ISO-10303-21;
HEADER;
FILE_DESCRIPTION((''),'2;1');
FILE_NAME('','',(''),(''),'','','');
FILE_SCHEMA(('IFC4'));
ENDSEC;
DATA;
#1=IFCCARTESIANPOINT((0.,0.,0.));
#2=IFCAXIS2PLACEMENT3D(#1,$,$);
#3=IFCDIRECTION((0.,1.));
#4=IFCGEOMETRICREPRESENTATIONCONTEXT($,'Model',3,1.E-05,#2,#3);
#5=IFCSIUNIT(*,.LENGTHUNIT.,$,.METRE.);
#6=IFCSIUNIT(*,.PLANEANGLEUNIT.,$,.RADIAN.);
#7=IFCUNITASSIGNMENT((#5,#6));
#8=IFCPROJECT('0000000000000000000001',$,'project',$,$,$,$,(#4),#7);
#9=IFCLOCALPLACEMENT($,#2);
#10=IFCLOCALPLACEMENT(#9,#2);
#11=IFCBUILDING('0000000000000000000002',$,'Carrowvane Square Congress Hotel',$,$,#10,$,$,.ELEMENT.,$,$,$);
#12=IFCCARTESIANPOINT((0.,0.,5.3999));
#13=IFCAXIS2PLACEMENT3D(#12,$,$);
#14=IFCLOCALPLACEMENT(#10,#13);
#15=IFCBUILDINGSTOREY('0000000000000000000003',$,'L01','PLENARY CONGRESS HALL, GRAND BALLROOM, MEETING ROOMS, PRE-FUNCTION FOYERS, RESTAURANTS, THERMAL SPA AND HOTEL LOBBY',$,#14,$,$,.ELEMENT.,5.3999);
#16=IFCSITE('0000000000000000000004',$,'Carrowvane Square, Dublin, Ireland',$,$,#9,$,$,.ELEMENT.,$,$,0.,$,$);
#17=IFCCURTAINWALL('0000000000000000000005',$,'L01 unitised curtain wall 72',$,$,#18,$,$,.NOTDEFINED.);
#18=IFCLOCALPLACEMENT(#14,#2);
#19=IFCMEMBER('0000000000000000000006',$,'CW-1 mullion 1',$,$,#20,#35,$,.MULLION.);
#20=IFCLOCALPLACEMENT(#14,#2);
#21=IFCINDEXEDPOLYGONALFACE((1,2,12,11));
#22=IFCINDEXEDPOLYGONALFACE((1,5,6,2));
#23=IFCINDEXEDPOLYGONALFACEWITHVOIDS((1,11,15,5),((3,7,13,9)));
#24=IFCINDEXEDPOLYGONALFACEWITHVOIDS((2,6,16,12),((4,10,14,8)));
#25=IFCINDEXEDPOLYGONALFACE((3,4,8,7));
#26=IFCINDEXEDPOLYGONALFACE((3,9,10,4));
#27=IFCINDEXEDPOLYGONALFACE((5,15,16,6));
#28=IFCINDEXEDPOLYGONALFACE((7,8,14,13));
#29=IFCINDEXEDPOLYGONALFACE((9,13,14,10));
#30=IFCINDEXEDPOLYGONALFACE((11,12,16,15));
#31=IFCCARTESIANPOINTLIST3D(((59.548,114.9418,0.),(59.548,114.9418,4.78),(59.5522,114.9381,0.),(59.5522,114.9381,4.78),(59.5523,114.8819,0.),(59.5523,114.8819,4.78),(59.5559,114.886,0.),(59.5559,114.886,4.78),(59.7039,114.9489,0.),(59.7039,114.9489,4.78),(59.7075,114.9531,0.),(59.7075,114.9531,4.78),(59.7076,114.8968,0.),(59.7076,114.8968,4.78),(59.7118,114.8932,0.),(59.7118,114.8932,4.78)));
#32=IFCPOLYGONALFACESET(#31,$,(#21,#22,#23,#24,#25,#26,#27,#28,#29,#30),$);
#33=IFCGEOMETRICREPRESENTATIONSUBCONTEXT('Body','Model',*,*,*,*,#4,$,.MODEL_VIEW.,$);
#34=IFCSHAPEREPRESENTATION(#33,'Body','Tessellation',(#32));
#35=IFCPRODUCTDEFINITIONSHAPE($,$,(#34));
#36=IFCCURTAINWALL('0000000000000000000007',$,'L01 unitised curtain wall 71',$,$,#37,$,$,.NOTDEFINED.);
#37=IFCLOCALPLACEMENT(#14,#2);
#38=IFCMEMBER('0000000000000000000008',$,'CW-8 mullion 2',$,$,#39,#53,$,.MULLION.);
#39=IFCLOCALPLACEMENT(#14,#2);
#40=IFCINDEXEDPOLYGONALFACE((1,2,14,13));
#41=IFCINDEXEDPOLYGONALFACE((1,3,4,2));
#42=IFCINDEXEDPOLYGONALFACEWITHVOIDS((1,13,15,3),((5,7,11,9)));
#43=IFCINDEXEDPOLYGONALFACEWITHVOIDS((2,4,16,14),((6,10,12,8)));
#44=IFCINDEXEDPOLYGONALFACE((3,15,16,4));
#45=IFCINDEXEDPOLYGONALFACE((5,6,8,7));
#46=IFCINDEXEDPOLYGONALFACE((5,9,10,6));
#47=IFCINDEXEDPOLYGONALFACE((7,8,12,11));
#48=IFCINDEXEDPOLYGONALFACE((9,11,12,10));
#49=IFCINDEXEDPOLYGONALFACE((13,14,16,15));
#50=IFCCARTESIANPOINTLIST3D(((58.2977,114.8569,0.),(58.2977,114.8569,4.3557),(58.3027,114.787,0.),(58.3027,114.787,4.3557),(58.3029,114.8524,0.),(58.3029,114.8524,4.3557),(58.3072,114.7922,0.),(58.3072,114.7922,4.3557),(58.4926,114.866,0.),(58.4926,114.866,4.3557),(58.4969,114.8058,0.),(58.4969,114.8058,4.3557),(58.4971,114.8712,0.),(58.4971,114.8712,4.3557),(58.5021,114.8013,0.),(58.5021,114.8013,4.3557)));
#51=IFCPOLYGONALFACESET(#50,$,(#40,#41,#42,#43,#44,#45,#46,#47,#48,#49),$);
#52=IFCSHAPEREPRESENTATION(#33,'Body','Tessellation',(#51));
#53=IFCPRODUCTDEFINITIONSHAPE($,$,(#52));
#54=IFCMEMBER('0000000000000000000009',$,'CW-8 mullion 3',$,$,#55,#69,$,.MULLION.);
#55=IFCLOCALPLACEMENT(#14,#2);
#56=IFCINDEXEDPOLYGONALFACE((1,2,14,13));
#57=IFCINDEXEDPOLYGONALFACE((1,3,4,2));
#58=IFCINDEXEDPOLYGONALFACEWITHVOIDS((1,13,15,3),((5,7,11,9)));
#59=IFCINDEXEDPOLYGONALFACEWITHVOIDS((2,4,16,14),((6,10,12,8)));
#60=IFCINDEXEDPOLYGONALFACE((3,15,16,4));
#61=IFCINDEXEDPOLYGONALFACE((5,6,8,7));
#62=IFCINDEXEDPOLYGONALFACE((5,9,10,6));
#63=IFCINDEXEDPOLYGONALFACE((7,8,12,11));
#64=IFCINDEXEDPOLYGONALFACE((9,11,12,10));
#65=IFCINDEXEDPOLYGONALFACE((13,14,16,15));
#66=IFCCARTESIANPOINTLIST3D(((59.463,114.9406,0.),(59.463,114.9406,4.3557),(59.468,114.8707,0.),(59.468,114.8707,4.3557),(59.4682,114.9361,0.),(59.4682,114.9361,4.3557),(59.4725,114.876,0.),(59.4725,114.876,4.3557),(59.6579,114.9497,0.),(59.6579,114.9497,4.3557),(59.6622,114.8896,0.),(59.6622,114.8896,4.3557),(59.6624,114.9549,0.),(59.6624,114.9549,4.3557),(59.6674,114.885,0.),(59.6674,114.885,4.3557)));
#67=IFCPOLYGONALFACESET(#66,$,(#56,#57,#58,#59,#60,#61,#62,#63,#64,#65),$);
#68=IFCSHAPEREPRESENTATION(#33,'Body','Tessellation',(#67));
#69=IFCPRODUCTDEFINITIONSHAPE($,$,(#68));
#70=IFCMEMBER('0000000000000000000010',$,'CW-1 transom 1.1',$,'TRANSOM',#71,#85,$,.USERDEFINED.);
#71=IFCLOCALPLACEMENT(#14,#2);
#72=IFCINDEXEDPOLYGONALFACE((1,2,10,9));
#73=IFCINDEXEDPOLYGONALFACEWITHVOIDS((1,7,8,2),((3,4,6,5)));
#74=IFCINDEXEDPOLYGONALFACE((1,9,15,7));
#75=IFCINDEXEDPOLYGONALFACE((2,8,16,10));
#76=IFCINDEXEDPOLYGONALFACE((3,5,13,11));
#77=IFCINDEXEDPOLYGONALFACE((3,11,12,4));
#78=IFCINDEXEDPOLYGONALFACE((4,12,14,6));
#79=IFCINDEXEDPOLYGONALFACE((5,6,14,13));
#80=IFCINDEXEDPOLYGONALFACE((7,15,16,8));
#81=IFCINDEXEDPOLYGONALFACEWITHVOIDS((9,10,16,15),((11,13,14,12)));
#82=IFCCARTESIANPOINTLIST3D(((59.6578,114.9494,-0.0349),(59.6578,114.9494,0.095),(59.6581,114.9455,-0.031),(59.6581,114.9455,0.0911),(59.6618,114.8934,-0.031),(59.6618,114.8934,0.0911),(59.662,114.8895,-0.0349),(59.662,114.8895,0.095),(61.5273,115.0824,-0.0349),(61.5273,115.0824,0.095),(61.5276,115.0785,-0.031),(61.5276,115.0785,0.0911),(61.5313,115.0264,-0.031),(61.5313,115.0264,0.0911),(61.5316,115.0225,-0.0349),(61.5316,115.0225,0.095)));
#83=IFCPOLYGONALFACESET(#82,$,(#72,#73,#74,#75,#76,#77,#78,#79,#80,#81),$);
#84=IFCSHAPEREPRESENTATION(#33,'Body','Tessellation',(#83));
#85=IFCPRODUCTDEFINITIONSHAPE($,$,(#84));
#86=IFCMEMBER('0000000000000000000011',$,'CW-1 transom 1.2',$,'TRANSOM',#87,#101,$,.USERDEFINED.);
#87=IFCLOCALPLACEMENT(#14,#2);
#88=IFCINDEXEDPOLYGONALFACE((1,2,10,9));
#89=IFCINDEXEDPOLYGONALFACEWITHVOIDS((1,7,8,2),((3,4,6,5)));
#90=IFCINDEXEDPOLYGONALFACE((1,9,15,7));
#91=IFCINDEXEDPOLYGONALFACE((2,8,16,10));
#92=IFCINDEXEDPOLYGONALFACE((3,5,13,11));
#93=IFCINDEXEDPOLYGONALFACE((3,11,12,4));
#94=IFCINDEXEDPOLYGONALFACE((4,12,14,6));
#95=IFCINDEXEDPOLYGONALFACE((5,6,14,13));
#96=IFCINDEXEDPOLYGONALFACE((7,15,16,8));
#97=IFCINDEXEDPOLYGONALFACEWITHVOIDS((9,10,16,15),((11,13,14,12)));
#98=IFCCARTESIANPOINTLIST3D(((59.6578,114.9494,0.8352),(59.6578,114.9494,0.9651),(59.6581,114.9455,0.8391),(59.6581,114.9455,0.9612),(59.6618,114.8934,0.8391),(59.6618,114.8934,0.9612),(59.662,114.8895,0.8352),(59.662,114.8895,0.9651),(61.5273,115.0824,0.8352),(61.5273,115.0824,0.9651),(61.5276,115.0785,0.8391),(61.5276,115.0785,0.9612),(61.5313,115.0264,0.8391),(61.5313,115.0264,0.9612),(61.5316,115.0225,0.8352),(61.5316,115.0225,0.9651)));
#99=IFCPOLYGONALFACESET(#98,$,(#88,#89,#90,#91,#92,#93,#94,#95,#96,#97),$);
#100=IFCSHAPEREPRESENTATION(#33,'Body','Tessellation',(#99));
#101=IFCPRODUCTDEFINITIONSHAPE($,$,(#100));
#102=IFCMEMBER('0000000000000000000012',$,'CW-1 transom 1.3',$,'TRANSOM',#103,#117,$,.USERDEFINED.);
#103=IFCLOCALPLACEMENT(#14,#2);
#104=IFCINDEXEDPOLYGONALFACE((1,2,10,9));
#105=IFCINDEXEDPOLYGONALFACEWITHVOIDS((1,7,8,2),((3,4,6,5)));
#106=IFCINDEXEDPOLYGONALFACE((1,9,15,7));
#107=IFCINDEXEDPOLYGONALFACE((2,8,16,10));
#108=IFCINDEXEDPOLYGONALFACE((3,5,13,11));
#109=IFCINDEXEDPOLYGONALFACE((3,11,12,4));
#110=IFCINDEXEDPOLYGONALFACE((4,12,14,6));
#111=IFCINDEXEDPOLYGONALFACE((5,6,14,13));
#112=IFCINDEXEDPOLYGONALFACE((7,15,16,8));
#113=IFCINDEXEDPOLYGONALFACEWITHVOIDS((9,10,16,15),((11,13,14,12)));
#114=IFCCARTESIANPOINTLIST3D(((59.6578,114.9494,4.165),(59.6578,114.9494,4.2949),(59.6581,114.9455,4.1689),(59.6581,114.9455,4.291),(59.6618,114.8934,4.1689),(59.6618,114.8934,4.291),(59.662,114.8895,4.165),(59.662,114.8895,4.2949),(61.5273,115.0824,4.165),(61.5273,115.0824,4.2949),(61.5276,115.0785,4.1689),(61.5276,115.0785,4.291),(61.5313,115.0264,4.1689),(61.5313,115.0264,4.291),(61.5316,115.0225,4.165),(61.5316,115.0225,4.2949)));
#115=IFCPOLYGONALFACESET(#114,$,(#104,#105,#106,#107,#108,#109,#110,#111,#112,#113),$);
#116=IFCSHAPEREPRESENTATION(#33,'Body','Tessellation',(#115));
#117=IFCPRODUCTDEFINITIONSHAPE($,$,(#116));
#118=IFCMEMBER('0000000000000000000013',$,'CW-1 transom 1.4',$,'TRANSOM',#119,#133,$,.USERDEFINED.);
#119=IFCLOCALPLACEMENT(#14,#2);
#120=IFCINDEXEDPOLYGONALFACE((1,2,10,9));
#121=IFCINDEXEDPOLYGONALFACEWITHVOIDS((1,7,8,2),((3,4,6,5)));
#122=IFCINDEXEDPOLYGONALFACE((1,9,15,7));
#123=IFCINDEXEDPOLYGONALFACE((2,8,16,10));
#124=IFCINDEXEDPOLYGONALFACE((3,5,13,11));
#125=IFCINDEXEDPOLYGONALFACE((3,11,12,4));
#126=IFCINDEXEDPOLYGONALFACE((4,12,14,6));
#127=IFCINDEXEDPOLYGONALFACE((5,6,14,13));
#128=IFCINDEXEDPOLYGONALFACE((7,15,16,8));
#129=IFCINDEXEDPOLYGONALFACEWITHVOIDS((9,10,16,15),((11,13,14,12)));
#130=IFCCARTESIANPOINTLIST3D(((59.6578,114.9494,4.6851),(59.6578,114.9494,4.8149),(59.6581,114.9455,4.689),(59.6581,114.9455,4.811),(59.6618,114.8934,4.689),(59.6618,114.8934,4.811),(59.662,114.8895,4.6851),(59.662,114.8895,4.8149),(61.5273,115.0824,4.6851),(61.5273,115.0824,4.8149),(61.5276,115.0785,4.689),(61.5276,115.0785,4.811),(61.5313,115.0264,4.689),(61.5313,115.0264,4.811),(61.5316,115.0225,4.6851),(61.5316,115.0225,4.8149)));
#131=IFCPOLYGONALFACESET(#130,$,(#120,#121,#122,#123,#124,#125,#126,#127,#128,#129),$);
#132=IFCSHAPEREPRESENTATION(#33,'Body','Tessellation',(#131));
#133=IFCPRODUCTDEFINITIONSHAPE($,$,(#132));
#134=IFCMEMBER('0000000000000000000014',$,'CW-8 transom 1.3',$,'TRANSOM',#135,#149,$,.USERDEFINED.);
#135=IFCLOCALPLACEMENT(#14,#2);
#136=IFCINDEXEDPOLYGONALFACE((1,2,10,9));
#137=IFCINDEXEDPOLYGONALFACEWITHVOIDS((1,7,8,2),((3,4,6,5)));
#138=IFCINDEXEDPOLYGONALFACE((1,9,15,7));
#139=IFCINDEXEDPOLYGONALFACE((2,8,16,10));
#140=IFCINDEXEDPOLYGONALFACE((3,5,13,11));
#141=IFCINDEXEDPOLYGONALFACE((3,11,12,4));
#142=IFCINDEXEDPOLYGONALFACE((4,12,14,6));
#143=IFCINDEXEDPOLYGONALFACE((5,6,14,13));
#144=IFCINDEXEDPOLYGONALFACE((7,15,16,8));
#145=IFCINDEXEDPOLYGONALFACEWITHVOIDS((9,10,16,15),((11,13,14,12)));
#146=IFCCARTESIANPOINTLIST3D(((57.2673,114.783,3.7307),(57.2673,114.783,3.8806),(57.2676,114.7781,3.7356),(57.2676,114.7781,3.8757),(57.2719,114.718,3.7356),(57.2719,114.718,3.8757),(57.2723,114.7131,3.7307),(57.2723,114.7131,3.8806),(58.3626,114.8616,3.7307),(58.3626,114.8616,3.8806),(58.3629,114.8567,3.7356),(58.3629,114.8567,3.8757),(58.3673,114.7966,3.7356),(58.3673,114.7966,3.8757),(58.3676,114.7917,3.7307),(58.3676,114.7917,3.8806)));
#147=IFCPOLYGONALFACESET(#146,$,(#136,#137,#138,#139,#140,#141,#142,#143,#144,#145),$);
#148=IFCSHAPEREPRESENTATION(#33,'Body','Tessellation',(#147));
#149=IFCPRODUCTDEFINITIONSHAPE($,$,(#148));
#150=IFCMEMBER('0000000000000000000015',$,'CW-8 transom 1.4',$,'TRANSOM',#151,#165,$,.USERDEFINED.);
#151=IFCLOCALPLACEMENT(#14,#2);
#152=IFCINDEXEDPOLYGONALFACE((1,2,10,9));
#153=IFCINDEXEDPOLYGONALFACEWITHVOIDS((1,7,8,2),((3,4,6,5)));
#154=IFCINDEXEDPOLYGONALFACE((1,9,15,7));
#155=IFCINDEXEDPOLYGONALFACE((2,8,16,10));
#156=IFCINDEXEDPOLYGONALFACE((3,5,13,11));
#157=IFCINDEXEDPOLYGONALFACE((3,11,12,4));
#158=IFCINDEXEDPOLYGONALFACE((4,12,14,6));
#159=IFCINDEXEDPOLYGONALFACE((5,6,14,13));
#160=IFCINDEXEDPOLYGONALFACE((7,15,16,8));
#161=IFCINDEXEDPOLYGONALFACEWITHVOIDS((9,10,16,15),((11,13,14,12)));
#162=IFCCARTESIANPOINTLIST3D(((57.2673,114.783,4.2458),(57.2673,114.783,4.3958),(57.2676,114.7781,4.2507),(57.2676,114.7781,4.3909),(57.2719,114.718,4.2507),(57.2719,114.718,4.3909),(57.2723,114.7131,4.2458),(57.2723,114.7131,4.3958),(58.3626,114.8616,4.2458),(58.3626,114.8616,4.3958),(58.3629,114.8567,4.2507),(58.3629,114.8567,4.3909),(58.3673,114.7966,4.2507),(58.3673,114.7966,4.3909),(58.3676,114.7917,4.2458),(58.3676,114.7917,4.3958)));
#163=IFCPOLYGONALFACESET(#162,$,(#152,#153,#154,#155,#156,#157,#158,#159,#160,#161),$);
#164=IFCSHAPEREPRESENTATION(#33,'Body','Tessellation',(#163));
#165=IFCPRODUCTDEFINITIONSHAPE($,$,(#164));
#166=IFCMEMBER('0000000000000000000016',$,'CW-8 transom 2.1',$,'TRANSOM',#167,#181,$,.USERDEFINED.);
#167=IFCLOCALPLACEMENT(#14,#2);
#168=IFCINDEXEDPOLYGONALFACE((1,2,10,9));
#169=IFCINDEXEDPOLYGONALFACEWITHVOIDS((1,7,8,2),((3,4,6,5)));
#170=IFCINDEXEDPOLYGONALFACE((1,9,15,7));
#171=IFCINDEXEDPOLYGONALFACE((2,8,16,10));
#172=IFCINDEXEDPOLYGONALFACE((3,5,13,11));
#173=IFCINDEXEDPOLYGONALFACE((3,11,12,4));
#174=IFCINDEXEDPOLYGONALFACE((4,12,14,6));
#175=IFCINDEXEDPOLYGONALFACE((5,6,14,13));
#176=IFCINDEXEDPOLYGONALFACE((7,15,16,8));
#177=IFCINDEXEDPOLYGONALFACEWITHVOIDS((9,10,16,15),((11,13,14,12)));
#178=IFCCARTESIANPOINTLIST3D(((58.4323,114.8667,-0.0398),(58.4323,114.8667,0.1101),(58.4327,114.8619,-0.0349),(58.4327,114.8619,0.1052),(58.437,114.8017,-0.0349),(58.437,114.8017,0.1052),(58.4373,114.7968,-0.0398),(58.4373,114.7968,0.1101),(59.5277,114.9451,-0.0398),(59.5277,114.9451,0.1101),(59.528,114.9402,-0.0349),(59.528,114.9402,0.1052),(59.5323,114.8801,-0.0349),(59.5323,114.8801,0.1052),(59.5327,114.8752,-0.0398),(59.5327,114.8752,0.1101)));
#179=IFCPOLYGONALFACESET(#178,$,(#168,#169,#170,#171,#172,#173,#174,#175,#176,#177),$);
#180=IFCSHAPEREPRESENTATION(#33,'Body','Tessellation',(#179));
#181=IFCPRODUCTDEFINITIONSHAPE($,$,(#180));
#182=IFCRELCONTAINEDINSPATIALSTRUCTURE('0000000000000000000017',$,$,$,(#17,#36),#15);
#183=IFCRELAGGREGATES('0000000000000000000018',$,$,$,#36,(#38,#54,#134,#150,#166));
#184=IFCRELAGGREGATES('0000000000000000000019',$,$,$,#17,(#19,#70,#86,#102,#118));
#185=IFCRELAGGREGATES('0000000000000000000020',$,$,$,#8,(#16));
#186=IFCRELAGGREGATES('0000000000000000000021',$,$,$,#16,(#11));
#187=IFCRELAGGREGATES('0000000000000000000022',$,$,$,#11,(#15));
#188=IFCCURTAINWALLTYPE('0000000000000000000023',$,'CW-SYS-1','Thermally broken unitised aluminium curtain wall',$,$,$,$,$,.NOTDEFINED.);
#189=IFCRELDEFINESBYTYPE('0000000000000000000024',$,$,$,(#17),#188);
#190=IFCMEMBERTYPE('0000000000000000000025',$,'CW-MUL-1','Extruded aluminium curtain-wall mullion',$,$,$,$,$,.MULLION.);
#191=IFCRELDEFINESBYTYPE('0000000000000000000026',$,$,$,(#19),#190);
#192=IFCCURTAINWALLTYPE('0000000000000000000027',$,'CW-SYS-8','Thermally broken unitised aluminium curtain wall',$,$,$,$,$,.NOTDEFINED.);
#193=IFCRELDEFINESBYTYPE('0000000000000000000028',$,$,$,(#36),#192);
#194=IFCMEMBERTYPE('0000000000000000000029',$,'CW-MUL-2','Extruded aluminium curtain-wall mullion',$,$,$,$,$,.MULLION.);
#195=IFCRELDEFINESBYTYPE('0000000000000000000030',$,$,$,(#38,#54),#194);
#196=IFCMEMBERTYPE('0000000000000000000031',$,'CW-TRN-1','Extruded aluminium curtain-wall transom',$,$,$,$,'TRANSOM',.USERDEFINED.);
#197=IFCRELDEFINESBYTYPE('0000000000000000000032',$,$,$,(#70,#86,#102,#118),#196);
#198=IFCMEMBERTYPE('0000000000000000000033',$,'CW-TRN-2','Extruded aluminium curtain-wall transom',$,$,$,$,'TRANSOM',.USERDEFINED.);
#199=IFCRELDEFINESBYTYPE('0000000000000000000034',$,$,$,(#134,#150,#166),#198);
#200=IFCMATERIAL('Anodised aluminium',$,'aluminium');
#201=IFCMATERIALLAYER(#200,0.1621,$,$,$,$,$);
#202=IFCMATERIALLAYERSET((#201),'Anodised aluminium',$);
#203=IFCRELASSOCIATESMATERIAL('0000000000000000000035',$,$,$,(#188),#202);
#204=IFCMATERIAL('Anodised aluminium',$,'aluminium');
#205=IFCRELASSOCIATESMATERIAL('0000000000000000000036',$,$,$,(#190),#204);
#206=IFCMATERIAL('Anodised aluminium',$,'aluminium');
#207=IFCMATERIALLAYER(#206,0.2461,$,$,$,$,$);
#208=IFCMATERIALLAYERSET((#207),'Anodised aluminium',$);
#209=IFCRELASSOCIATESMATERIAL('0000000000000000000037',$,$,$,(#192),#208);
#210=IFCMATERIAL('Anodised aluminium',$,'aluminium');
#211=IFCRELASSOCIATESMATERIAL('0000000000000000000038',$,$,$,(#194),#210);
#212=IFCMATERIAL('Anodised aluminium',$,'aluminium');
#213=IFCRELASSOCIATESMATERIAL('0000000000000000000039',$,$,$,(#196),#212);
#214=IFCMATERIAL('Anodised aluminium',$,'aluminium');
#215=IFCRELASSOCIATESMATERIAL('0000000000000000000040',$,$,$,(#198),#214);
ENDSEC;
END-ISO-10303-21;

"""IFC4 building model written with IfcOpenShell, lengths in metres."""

from ifc_helpers import new_model, si_unit, direction, frame, origin, origin_2d, place, context, subcontext, project, spatial, hollow_rectangle, extrude, material, layer, layer_set, material_profile, profile_set, type_object, element, aggregate, save


model = new_model("IFC4")

# Units and contexts
model_context = context("Model", 3, precision=1e-05, world=origin(), true_north=direction((0.0, 1.0)))
body_context = subcontext(model_context, "Body", "Model", "MODEL_VIEW")
ifc_project = project(units=[si_unit("LENGTHUNIT", "METRE"), si_unit("PLANEANGLEUNIT", "RADIAN")], contexts=[model_context])

# Site, building, storey
site_placement = place(None, origin())
site = spatial("IfcSite", under=ifc_project, at=site_placement, Name="Carrowvane Square, Dublin, Ireland", CompositionType="ELEMENT", RefElevation=0.0)
building_placement = place(site_placement, origin())
building = spatial("IfcBuilding", under=site, at=building_placement, Name="Carrowvane Square Congress Hotel", CompositionType="ELEMENT")
storey_placement = place(building_placement, frame((0.0, 0.0, 5.3999)))
storey = spatial("IfcBuildingStorey", under=building, at=storey_placement, Name="L01", Description="PLENARY CONGRESS HALL, GRAND BALLROOM, MEETING ROOMS, PRE-FUNCTION FOYERS, RESTAURANTS, THERMAL SPA AND HOTEL LOBBY", CompositionType="ELEMENT", Elevation=5.3999)

# Curtain wall, member
ifc_material_1 = material(Name="Anodised aluminium", Category="aluminium")
ifc_layer_1 = layer(ifc_material_1, 0.1621)
ifc_layer_set_1 = layer_set([ifc_layer_1], Name="Anodised aluminium")
curtain_wall_type_1 = type_object("IfcCurtainWallType", Name="CW-SYS-1", Description="Thermally broken unitised aluminium curtain wall", PredefinedType="NOTDEFINED", material=ifc_layer_set_1)
curtain_wall_1_placement = place(storey_placement, origin())
curtain_wall_1 = element("IfcCurtainWall", 1, at=curtain_wall_1_placement, inside=storey, type_object=curtain_wall_type_1, Name="L01 unitised curtain wall 72", PredefinedType="NOTDEFINED")
ifc_material_2 = material(Name="Anodised aluminium", Category="aluminium")
ifc_material_profile_1 = material_profile(ifc_material_2, hollow_rectangle(XDim=0.0601, YDim=0.1599, WallThickness=0.0039, at=origin_2d()), Name="CW-ML 60x160x4")
ifc_profile_set_1 = profile_set([ifc_material_profile_1], Name="Anodised aluminium")
member_type_1 = type_object("IfcMemberType", Name="CW-MUL-1", Description="Extruded aluminium curtain-wall mullion", PredefinedType="MULLION", material=ifc_profile_set_1)
member_1_placement = place(storey_placement, frame((59.6299, 114.9175, 0.0), z_axis=(0.0, 0.0, 1.0), x_axis=(-0.07096, 0.997479, 0.0)))
member_1 = element("IfcMember", 2, at=member_1_placement, type_object=member_type_1, Name="CW-1 mullion 1", PredefinedType="MULLION", context=body_context, shape_type="SweptSolid", body=[
    extrude(hollow_rectangle(XDim=0.0601, YDim=0.1599, WallThickness=0.0039, at=origin_2d()), origin(), (0.0, 0.0, 1.0), 4.78),
])

# Curtain wall, members
ifc_material_3 = material(Name="Anodised aluminium", Category="aluminium")
ifc_layer_2 = layer(ifc_material_3, 0.2461)
ifc_layer_set_2 = layer_set([ifc_layer_2], Name="Anodised aluminium")
curtain_wall_type_2 = type_object("IfcCurtainWallType", Name="CW-SYS-8", Description="Thermally broken unitised aluminium curtain wall", PredefinedType="NOTDEFINED", material=ifc_layer_set_2)
curtain_wall_2_placement = place(storey_placement, origin())
curtain_wall_2 = element("IfcCurtainWall", 3, at=curtain_wall_2_placement, inside=storey, type_object=curtain_wall_type_2, Name="L01 unitised curtain wall 71", PredefinedType="NOTDEFINED")
ifc_material_4 = material(Name="Anodised aluminium", Category="aluminium")
ifc_material_profile_2 = material_profile(ifc_material_4, hollow_rectangle(XDim=0.0701, YDim=0.2, WallThickness=0.0049, at=origin_2d()), Name="CW-ML 70x200x5")
ifc_profile_set_2 = profile_set([ifc_material_profile_2], Name="Anodised aluminium")
member_type_2 = type_object("IfcMemberType", Name="CW-MUL-2", Description="Extruded aluminium curtain-wall mullion", PredefinedType="MULLION", material=ifc_profile_set_2)
member_2_placement = place(storey_placement, frame((58.3999, 114.8291, 0.0), z_axis=(0.0, 0.0, 1.0), x_axis=(-0.071532, 0.997438, 0.0)))
member_2 = element("IfcMember", 4, at=member_2_placement, type_object=member_type_2, Name="CW-8 mullion 2", PredefinedType="MULLION", context=body_context, shape_type="SweptSolid", body=[
    extrude(hollow_rectangle(XDim=0.0701, YDim=0.2, WallThickness=0.0049, at=origin_2d()), origin(), (0.0, 0.0, 1.0), 4.3557),
])
member_3_placement = place(storey_placement, frame((59.5652, 114.9128, 0.0), z_axis=(0.0, 0.0, 1.0), x_axis=(-0.071532, 0.997438, 0.0)))
member_3 = element("IfcMember", 5, at=member_3_placement, type_object=member_type_2, Name="CW-8 mullion 3", PredefinedType="MULLION", context=body_context, shape_type="SweptSolid", body=[
    extrude(hollow_rectangle(XDim=0.0701, YDim=0.2, WallThickness=0.0049, at=origin_2d()), origin(), (0.0, 0.0, 1.0), 4.3557),
])

# Members
ifc_material_5 = material(Name="Anodised aluminium", Category="aluminium")
ifc_material_profile_3 = material_profile(ifc_material_5, hollow_rectangle(XDim=0.0601, YDim=0.1299, WallThickness=0.0039, at=origin_2d()), Name="CW-TR 60x130x4")
ifc_profile_set_3 = profile_set([ifc_material_profile_3], Name="Anodised aluminium")
member_type_3 = type_object("IfcMemberType", Name="CW-TRN-1", Description="Extruded aluminium curtain-wall transom", ElementType="TRANSOM", PredefinedType="USERDEFINED", material=ifc_profile_set_3)
member_4_placement = place(storey_placement, frame((59.6599, 114.9194, 0.03), z_axis=(0.997477, 0.070988, 0.0), x_axis=(-0.070988, 0.997477, 0.0)))
member_4 = element("IfcMember", 6, at=member_4_placement, type_object=member_type_3, Name="CW-1 transom 1.1", ObjectType="TRANSOM", PredefinedType="USERDEFINED", context=body_context, shape_type="SweptSolid", body=[
    extrude(hollow_rectangle(XDim=0.0601, YDim=0.1299, WallThickness=0.0039, at=origin_2d()), origin(), (0.0, 0.0, 1.0), 1.8743),
])
member_5_placement = place(storey_placement, frame((59.6599, 114.9194, 0.9001), z_axis=(0.997477, 0.070988, 0.0), x_axis=(-0.070988, 0.997477, 0.0)))
member_5 = element("IfcMember", 7, at=member_5_placement, type_object=member_type_3, Name="CW-1 transom 1.2", ObjectType="TRANSOM", PredefinedType="USERDEFINED", context=body_context, shape_type="SweptSolid", body=[
    extrude(hollow_rectangle(XDim=0.0601, YDim=0.1299, WallThickness=0.0039, at=origin_2d()), origin(), (0.0, 0.0, 1.0), 1.8743),
])
member_6_placement = place(storey_placement, frame((59.6599, 114.9194, 4.23), z_axis=(0.997477, 0.070988, 0.0), x_axis=(-0.070988, 0.997477, 0.0)))
member_6 = element("IfcMember", 8, at=member_6_placement, type_object=member_type_3, Name="CW-1 transom 1.3", ObjectType="TRANSOM", PredefinedType="USERDEFINED", context=body_context, shape_type="SweptSolid", body=[
    extrude(hollow_rectangle(XDim=0.0601, YDim=0.1299, WallThickness=0.0039, at=origin_2d()), origin(), (0.0, 0.0, 1.0), 1.8743),
])
member_7_placement = place(storey_placement, frame((59.6599, 114.9194, 4.75), z_axis=(0.997477, 0.070988, 0.0), x_axis=(-0.070988, 0.997477, 0.0)))
member_7 = element("IfcMember", 9, at=member_7_placement, type_object=member_type_3, Name="CW-1 transom 1.4", ObjectType="TRANSOM", PredefinedType="USERDEFINED", context=body_context, shape_type="SweptSolid", body=[
    extrude(hollow_rectangle(XDim=0.0601, YDim=0.1299, WallThickness=0.0039, at=origin_2d()), origin(), (0.0, 0.0, 1.0), 1.8743),
])
ifc_material_6 = material(Name="Anodised aluminium", Category="aluminium")
ifc_material_profile_4 = material_profile(ifc_material_6, hollow_rectangle(XDim=0.0701, YDim=0.1499, WallThickness=0.0049, at=origin_2d()), Name="CW-TR 70x150x5")
ifc_profile_set_4 = profile_set([ifc_material_profile_4], Name="Anodised aluminium")
member_type_4 = type_object("IfcMemberType", Name="CW-TRN-2", Description="Extruded aluminium curtain-wall transom", ElementType="TRANSOM", PredefinedType="USERDEFINED", material=ifc_profile_set_4)
member_8_placement = place(storey_placement, frame((57.2698, 114.748, 3.8057), z_axis=(0.997434, 0.071595, 0.0), x_axis=(-0.071595, 0.997434, 0.0)))
member_8 = element("IfcMember", 10, at=member_8_placement, type_object=member_type_4, Name="CW-8 transom 1.3", ObjectType="TRANSOM", PredefinedType="USERDEFINED", context=body_context, shape_type="SweptSolid", body=[
    extrude(hollow_rectangle(XDim=0.0701, YDim=0.1499, WallThickness=0.0049, at=origin_2d()), origin(), (0.0, 0.0, 1.0), 1.0981),
])
member_9_placement = place(storey_placement, frame((57.2698, 114.748, 4.3208), z_axis=(0.997434, 0.071595, 0.0), x_axis=(-0.071595, 0.997434, 0.0)))
member_9 = element("IfcMember", 11, at=member_9_placement, type_object=member_type_4, Name="CW-8 transom 1.4", ObjectType="TRANSOM", PredefinedType="USERDEFINED", context=body_context, shape_type="SweptSolid", body=[
    extrude(hollow_rectangle(XDim=0.0701, YDim=0.1499, WallThickness=0.0049, at=origin_2d()), origin(), (0.0, 0.0, 1.0), 1.0981),
])
member_10_placement = place(storey_placement, frame((58.4348, 114.8318, 0.0352), z_axis=(0.997451, 0.071358, 0.0), x_axis=(-0.071358, 0.997451, 0.0)))
member_10 = element("IfcMember", 12, at=member_10_placement, type_object=member_type_4, Name="CW-8 transom 2.1", ObjectType="TRANSOM", PredefinedType="USERDEFINED", context=body_context, shape_type="SweptSolid", body=[
    extrude(hollow_rectangle(XDim=0.0701, YDim=0.1499, WallThickness=0.0049, at=origin_2d()), origin(), (0.0, 0.0, 1.0), 1.0981),
])

aggregate(curtain_wall_2, [member_2, member_3, member_8, member_9, member_10])
aggregate(curtain_wall_1, [member_1, member_4, member_5, member_6, member_7])

save(model, "model.ifc")
